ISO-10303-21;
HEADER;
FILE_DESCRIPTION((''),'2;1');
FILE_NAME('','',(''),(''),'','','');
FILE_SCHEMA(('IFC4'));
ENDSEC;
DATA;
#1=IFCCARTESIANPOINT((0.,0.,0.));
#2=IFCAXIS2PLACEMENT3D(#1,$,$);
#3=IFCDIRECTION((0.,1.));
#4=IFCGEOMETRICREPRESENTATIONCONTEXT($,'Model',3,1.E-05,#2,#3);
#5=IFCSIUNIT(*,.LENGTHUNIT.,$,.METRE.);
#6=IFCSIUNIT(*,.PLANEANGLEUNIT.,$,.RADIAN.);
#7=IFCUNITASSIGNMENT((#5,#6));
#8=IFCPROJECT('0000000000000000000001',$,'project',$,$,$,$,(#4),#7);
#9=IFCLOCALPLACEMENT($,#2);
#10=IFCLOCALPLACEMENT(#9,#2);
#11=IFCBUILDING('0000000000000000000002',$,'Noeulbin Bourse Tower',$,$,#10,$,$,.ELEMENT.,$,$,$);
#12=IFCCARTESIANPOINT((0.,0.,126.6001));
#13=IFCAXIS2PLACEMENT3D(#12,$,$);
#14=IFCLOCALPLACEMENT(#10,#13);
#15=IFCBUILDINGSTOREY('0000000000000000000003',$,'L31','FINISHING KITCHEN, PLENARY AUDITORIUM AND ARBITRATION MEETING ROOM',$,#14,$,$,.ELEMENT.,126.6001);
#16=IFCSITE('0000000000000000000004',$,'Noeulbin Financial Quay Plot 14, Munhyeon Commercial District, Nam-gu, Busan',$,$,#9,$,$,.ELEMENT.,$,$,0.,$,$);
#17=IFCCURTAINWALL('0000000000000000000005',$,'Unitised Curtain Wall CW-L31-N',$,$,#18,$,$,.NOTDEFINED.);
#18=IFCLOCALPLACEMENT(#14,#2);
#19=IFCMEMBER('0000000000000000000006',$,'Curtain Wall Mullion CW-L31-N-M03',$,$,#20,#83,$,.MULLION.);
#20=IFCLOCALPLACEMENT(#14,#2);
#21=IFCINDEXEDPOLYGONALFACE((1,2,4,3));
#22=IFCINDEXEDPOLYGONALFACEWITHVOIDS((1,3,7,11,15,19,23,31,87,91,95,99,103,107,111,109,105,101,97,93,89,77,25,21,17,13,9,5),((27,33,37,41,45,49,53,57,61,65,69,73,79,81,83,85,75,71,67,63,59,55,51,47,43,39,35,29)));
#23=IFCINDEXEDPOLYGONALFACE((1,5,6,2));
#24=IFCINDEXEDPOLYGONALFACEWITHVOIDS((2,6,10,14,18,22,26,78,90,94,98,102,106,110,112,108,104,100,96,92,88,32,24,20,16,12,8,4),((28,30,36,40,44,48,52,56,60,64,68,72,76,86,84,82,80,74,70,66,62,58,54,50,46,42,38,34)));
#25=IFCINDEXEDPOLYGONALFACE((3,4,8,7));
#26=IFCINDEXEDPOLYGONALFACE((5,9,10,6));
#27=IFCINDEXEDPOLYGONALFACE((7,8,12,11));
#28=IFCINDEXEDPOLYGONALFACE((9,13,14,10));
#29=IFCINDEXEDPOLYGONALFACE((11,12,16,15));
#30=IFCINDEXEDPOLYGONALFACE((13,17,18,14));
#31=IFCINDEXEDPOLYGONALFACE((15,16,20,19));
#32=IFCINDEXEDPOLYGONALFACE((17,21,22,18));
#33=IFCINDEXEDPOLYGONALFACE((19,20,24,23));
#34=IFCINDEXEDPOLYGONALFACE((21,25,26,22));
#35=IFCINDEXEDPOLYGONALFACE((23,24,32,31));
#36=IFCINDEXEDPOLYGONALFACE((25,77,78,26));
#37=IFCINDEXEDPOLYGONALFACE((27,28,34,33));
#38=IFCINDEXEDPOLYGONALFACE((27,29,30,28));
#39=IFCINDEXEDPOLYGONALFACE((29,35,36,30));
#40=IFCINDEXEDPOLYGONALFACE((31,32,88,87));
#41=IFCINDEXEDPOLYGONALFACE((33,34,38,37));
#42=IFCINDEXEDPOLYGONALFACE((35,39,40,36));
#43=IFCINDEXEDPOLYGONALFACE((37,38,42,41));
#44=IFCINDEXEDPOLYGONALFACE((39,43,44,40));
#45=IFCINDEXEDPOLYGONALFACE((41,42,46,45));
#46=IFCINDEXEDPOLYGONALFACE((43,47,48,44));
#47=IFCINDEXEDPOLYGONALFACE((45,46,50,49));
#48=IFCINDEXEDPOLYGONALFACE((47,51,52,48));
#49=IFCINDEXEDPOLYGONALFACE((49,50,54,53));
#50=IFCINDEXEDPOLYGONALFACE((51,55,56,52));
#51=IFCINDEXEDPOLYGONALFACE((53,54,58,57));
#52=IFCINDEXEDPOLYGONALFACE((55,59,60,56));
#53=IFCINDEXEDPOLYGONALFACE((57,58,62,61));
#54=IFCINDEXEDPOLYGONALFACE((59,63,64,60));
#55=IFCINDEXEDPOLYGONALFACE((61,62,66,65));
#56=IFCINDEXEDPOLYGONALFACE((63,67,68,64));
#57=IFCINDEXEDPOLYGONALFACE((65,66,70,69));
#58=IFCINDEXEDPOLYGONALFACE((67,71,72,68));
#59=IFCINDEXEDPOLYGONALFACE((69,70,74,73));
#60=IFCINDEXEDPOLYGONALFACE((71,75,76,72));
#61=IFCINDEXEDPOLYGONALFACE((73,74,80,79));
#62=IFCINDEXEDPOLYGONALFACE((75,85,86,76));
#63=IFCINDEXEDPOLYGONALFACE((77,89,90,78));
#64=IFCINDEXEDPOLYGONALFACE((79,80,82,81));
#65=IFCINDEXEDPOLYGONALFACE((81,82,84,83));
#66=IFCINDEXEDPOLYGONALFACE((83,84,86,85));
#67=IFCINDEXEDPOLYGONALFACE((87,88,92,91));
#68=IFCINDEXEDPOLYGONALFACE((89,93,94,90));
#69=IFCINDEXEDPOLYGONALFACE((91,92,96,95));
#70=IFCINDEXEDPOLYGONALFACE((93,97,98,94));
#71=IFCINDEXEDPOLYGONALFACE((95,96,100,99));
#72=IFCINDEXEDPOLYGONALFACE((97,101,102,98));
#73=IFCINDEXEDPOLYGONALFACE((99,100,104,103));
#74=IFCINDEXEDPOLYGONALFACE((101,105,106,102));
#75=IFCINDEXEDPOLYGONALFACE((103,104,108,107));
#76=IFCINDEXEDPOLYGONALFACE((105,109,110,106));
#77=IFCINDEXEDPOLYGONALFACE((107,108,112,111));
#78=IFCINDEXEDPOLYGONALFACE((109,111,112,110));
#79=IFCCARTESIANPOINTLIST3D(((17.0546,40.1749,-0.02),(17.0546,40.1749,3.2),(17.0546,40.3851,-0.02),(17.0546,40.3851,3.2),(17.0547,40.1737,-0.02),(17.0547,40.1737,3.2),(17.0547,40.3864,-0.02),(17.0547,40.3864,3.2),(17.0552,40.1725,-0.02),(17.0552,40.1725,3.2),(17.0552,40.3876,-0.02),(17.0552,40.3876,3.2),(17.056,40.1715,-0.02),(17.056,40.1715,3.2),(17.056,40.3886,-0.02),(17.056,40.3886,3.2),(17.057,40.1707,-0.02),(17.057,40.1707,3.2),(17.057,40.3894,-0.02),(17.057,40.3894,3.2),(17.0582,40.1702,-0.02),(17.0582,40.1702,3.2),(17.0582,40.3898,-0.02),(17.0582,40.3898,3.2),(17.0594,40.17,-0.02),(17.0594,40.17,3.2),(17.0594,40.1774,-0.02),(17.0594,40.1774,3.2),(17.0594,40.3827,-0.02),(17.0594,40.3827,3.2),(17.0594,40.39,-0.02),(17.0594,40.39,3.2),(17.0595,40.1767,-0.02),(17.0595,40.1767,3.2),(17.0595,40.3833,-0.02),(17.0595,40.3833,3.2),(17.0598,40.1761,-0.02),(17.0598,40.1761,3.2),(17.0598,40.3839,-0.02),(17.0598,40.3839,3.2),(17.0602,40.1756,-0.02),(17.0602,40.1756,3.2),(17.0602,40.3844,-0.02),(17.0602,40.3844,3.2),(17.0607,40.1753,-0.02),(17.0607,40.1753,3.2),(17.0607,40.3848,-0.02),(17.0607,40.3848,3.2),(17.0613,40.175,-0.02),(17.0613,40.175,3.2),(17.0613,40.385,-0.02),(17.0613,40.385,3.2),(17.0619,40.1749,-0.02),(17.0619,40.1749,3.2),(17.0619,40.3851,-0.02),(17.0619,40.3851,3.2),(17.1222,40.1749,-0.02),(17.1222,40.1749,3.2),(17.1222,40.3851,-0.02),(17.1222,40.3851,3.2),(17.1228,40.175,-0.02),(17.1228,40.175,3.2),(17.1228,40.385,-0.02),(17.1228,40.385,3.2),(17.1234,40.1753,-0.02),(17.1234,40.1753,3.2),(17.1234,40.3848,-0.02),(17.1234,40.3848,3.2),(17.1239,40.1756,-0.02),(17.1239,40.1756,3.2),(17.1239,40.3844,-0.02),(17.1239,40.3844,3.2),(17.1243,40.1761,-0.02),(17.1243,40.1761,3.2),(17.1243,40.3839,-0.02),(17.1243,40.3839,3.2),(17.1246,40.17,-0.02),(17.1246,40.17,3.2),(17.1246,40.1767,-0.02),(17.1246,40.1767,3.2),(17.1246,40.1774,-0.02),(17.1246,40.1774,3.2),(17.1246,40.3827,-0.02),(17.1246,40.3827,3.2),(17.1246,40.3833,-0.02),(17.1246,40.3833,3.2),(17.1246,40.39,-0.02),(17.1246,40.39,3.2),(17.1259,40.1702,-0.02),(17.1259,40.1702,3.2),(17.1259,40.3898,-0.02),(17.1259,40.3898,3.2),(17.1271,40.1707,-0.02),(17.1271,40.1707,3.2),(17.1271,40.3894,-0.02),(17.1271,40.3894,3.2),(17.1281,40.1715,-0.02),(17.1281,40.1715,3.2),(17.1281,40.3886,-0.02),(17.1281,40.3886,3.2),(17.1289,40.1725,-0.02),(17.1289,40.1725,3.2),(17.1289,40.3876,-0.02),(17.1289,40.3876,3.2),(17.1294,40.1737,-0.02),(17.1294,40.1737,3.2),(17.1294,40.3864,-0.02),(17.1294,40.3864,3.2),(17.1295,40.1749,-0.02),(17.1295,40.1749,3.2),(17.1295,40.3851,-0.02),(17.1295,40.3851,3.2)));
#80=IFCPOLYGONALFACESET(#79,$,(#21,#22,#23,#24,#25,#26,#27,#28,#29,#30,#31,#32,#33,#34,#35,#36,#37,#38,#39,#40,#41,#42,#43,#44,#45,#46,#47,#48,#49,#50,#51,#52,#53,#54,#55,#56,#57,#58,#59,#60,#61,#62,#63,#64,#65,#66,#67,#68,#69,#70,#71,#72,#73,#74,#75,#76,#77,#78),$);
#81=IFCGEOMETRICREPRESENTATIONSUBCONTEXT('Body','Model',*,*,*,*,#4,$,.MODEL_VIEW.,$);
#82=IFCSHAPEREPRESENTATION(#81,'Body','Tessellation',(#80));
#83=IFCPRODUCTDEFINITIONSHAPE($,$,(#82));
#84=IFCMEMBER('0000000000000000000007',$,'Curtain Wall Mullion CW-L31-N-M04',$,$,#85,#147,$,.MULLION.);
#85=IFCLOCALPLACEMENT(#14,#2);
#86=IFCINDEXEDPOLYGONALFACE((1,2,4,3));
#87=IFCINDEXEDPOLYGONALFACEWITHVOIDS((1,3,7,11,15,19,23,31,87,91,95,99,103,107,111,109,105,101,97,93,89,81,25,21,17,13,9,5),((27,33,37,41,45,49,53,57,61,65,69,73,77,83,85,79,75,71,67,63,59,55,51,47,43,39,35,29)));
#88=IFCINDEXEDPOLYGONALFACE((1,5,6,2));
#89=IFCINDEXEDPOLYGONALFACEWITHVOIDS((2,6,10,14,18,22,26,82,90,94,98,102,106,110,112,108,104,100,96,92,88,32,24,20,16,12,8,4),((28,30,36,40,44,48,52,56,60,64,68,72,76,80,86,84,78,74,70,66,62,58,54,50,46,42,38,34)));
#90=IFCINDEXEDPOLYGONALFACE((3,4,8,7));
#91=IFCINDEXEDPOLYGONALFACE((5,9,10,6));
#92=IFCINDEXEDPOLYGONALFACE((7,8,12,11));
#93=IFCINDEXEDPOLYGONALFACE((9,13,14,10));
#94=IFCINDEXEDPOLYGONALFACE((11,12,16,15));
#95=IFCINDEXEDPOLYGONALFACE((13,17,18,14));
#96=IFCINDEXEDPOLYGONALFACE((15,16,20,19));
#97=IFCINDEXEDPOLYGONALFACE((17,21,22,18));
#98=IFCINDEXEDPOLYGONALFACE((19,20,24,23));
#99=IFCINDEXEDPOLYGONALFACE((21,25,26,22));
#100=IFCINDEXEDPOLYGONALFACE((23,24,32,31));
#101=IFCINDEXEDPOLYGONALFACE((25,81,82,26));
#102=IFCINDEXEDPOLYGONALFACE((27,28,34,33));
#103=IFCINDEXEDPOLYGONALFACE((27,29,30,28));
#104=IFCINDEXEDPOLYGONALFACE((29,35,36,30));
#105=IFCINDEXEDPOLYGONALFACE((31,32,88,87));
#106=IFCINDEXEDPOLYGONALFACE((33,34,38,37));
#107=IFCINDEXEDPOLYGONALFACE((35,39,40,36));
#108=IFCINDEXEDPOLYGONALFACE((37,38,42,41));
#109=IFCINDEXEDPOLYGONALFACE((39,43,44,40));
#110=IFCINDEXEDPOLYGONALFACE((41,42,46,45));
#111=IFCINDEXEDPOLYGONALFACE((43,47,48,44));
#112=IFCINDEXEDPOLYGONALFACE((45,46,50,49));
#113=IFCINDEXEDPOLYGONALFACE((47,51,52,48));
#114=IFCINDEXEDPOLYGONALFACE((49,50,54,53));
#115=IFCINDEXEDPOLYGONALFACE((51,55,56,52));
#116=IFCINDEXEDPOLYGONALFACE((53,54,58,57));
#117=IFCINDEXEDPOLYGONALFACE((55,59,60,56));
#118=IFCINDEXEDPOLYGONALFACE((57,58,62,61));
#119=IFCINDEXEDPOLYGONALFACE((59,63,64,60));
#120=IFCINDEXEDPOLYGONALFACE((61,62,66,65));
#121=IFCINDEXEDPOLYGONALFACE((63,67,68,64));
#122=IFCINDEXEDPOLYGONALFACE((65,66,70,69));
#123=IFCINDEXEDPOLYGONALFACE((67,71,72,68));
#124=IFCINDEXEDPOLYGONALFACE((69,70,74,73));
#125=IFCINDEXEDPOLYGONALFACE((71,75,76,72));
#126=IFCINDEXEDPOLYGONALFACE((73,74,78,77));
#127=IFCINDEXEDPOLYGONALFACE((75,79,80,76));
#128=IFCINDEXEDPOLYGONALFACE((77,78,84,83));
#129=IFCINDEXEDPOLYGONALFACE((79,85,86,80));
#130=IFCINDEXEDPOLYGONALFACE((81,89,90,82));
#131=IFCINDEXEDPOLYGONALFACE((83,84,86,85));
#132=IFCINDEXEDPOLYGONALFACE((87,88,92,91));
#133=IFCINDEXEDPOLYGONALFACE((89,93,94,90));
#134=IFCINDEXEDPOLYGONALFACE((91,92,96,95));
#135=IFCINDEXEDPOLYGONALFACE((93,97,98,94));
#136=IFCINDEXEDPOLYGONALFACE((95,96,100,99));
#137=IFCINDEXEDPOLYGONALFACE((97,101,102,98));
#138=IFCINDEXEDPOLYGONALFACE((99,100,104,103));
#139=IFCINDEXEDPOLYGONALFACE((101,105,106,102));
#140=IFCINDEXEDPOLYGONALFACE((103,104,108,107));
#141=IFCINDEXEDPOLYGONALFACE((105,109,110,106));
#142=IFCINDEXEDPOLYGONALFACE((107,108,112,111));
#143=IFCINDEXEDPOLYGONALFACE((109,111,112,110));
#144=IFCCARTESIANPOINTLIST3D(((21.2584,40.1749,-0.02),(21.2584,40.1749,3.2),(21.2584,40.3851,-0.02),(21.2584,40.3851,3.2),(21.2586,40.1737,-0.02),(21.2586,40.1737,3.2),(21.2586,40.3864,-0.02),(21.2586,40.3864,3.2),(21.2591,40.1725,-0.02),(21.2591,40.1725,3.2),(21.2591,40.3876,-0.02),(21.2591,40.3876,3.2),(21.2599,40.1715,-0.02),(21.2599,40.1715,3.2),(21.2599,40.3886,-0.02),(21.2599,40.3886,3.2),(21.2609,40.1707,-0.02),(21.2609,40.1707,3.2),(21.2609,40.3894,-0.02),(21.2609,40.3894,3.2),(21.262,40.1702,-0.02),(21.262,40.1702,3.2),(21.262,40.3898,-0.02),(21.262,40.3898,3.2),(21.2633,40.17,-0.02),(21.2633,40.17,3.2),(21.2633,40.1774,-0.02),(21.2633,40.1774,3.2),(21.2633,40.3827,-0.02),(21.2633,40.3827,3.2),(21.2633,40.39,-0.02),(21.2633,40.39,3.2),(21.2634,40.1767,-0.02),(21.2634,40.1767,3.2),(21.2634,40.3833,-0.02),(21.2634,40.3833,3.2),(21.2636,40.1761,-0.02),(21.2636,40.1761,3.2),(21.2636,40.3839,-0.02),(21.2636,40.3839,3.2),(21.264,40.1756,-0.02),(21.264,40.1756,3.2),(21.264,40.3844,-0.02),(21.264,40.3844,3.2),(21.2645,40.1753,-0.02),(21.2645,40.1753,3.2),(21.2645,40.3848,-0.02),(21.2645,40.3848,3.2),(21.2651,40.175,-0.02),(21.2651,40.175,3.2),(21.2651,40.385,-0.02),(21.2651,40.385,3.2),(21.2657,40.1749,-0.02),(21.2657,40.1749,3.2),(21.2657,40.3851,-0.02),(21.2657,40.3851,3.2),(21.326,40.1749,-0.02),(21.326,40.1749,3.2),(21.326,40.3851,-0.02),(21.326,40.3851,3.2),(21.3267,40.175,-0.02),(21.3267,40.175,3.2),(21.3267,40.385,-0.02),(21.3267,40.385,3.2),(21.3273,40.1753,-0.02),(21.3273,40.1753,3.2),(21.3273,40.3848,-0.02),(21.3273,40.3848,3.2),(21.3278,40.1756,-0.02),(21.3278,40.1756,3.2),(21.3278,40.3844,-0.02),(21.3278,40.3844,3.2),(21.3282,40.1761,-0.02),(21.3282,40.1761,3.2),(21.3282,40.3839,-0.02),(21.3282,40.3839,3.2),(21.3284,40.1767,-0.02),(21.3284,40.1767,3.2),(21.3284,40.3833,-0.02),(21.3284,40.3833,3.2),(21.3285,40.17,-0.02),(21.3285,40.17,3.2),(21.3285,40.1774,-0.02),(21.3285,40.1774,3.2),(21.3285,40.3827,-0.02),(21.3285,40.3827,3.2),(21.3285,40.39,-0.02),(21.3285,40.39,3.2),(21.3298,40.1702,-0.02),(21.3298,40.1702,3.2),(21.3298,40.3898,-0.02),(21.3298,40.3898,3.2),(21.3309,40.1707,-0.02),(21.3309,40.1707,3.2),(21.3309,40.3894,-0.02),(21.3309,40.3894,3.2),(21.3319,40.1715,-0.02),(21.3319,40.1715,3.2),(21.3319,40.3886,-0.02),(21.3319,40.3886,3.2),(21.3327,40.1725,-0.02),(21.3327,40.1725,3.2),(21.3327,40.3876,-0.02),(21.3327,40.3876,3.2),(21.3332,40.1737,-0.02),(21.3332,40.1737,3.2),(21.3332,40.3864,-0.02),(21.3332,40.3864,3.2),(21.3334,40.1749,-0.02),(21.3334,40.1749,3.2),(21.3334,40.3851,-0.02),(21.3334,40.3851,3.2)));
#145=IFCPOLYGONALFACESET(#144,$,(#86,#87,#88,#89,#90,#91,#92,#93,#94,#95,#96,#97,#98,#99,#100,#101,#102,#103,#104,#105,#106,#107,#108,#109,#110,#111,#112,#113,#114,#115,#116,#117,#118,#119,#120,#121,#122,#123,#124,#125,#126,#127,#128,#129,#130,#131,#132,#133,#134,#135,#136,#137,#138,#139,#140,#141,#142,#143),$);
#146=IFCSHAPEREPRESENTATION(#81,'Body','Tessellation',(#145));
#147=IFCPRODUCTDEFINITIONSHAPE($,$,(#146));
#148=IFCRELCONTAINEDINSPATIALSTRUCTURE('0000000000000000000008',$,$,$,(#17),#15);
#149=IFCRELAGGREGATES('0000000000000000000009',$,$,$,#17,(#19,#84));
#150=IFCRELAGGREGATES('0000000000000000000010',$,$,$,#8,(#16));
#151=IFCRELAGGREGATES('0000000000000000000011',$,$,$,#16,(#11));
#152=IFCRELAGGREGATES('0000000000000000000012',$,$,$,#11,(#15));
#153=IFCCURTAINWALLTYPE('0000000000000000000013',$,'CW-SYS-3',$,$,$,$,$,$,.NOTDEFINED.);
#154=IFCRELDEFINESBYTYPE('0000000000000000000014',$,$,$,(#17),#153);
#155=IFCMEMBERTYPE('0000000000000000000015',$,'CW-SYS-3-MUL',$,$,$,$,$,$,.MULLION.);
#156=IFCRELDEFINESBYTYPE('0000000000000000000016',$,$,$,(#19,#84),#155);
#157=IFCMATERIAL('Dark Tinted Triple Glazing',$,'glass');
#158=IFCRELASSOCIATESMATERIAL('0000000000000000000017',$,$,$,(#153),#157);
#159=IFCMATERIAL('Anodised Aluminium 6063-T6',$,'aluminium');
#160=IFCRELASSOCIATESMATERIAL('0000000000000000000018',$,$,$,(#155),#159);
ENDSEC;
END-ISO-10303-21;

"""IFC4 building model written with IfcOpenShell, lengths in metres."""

from ifc_helpers import new_model, si_unit, direction, frame, origin, origin_2d, place, context, subcontext, project, spatial, hollow_rectangle, extrude, material, material_profile, profile_set, type_object, element, aggregate, save


model = new_model("IFC4")

# Units and contexts
model_context = context("Model", 3, precision=1e-05, world=origin(), true_north=direction((0.0, 1.0)))
body_context = subcontext(model_context, "Body", "Model", "MODEL_VIEW")
ifc_project = project(units=[si_unit("LENGTHUNIT", "METRE"), si_unit("PLANEANGLEUNIT", "RADIAN")], contexts=[model_context])

# Site, building, storey
site_placement = place(None, origin())
site = spatial("IfcSite", under=ifc_project, at=site_placement, Name="Noeulbin Financial Quay Plot 14, Munhyeon Commercial District, Nam-gu, Busan", CompositionType="ELEMENT", RefElevation=0.0)
building_placement = place(site_placement, origin())
building = spatial("IfcBuilding", under=site, at=building_placement, Name="Noeulbin Bourse Tower", CompositionType="ELEMENT")
storey_placement = place(building_placement, frame((0.0, 0.0, 126.6001)))
storey = spatial("IfcBuildingStorey", under=building, at=storey_placement, Name="L31", Description="FINISHING KITCHEN, PLENARY AUDITORIUM AND ARBITRATION MEETING ROOM", CompositionType="ELEMENT", Elevation=126.6001)

# Curtain wall, members
ifc_material_1 = material(Name="Dark Tinted Triple Glazing", Category="glass")
curtain_wall_type = type_object("IfcCurtainWallType", Name="CW-SYS-3", PredefinedType="NOTDEFINED", material=ifc_material_1)
curtain_wall_placement = place(storey_placement, origin())
curtain_wall = element("IfcCurtainWall", 1, at=curtain_wall_placement, inside=storey, type_object=curtain_wall_type, Name="Unitised Curtain Wall CW-L31-N", PredefinedType="NOTDEFINED")
ifc_material_2 = material(Name="Anodised Aluminium 6063-T6", Category="aluminium")
ifc_material_profile_1 = material_profile(ifc_material_2, hollow_rectangle(XDim=0.075, YDim=0.22, WallThickness=0.0049, InnerFilletRadius=0.0024, OuterFilletRadius=0.0049, at=origin_2d()), Name="ALU-MULL-75x220x5", Category="LoadBearing")
ifc_profile_set_1 = profile_set([ifc_material_profile_1], Name="Anodised Aluminium 6063-T6")
member_type = type_object("IfcMemberType", Name="CW-SYS-3-MUL", PredefinedType="MULLION", material=ifc_profile_set_1)
member_1_placement = place(storey_placement, frame((17.092, 40.28, -0.02), z_axis=(0.0, 0.0, 1.0), x_axis=(1.0, 0.0, 0.0)))
member_1 = element("IfcMember", 2, at=member_1_placement, type_object=member_type, Name="Curtain Wall Mullion CW-L31-N-M03", PredefinedType="MULLION", context=body_context, shape_type="SweptSolid", body=[
    extrude(hollow_rectangle(XDim=0.075, YDim=0.22, WallThickness=0.0049, InnerFilletRadius=0.0024, OuterFilletRadius=0.0049, at=origin_2d()), origin(), (0.0, 0.0, 1.0), 3.22),
])
member_2_placement = place(storey_placement, frame((21.2959, 40.28, -0.02), z_axis=(0.0, 0.0, 1.0), x_axis=(1.0, 0.0, 0.0)))
member_2 = element("IfcMember", 3, at=member_2_placement, type_object=member_type, Name="Curtain Wall Mullion CW-L31-N-M04", PredefinedType="MULLION", context=body_context, shape_type="SweptSolid", body=[
    extrude(hollow_rectangle(XDim=0.075, YDim=0.22, WallThickness=0.0049, InnerFilletRadius=0.0024, OuterFilletRadius=0.0049, at=origin_2d()), origin(), (0.0, 0.0, 1.0), 3.22),
])
aggregate(curtain_wall, [member_1, member_2])

save(model, "model.ifc")
